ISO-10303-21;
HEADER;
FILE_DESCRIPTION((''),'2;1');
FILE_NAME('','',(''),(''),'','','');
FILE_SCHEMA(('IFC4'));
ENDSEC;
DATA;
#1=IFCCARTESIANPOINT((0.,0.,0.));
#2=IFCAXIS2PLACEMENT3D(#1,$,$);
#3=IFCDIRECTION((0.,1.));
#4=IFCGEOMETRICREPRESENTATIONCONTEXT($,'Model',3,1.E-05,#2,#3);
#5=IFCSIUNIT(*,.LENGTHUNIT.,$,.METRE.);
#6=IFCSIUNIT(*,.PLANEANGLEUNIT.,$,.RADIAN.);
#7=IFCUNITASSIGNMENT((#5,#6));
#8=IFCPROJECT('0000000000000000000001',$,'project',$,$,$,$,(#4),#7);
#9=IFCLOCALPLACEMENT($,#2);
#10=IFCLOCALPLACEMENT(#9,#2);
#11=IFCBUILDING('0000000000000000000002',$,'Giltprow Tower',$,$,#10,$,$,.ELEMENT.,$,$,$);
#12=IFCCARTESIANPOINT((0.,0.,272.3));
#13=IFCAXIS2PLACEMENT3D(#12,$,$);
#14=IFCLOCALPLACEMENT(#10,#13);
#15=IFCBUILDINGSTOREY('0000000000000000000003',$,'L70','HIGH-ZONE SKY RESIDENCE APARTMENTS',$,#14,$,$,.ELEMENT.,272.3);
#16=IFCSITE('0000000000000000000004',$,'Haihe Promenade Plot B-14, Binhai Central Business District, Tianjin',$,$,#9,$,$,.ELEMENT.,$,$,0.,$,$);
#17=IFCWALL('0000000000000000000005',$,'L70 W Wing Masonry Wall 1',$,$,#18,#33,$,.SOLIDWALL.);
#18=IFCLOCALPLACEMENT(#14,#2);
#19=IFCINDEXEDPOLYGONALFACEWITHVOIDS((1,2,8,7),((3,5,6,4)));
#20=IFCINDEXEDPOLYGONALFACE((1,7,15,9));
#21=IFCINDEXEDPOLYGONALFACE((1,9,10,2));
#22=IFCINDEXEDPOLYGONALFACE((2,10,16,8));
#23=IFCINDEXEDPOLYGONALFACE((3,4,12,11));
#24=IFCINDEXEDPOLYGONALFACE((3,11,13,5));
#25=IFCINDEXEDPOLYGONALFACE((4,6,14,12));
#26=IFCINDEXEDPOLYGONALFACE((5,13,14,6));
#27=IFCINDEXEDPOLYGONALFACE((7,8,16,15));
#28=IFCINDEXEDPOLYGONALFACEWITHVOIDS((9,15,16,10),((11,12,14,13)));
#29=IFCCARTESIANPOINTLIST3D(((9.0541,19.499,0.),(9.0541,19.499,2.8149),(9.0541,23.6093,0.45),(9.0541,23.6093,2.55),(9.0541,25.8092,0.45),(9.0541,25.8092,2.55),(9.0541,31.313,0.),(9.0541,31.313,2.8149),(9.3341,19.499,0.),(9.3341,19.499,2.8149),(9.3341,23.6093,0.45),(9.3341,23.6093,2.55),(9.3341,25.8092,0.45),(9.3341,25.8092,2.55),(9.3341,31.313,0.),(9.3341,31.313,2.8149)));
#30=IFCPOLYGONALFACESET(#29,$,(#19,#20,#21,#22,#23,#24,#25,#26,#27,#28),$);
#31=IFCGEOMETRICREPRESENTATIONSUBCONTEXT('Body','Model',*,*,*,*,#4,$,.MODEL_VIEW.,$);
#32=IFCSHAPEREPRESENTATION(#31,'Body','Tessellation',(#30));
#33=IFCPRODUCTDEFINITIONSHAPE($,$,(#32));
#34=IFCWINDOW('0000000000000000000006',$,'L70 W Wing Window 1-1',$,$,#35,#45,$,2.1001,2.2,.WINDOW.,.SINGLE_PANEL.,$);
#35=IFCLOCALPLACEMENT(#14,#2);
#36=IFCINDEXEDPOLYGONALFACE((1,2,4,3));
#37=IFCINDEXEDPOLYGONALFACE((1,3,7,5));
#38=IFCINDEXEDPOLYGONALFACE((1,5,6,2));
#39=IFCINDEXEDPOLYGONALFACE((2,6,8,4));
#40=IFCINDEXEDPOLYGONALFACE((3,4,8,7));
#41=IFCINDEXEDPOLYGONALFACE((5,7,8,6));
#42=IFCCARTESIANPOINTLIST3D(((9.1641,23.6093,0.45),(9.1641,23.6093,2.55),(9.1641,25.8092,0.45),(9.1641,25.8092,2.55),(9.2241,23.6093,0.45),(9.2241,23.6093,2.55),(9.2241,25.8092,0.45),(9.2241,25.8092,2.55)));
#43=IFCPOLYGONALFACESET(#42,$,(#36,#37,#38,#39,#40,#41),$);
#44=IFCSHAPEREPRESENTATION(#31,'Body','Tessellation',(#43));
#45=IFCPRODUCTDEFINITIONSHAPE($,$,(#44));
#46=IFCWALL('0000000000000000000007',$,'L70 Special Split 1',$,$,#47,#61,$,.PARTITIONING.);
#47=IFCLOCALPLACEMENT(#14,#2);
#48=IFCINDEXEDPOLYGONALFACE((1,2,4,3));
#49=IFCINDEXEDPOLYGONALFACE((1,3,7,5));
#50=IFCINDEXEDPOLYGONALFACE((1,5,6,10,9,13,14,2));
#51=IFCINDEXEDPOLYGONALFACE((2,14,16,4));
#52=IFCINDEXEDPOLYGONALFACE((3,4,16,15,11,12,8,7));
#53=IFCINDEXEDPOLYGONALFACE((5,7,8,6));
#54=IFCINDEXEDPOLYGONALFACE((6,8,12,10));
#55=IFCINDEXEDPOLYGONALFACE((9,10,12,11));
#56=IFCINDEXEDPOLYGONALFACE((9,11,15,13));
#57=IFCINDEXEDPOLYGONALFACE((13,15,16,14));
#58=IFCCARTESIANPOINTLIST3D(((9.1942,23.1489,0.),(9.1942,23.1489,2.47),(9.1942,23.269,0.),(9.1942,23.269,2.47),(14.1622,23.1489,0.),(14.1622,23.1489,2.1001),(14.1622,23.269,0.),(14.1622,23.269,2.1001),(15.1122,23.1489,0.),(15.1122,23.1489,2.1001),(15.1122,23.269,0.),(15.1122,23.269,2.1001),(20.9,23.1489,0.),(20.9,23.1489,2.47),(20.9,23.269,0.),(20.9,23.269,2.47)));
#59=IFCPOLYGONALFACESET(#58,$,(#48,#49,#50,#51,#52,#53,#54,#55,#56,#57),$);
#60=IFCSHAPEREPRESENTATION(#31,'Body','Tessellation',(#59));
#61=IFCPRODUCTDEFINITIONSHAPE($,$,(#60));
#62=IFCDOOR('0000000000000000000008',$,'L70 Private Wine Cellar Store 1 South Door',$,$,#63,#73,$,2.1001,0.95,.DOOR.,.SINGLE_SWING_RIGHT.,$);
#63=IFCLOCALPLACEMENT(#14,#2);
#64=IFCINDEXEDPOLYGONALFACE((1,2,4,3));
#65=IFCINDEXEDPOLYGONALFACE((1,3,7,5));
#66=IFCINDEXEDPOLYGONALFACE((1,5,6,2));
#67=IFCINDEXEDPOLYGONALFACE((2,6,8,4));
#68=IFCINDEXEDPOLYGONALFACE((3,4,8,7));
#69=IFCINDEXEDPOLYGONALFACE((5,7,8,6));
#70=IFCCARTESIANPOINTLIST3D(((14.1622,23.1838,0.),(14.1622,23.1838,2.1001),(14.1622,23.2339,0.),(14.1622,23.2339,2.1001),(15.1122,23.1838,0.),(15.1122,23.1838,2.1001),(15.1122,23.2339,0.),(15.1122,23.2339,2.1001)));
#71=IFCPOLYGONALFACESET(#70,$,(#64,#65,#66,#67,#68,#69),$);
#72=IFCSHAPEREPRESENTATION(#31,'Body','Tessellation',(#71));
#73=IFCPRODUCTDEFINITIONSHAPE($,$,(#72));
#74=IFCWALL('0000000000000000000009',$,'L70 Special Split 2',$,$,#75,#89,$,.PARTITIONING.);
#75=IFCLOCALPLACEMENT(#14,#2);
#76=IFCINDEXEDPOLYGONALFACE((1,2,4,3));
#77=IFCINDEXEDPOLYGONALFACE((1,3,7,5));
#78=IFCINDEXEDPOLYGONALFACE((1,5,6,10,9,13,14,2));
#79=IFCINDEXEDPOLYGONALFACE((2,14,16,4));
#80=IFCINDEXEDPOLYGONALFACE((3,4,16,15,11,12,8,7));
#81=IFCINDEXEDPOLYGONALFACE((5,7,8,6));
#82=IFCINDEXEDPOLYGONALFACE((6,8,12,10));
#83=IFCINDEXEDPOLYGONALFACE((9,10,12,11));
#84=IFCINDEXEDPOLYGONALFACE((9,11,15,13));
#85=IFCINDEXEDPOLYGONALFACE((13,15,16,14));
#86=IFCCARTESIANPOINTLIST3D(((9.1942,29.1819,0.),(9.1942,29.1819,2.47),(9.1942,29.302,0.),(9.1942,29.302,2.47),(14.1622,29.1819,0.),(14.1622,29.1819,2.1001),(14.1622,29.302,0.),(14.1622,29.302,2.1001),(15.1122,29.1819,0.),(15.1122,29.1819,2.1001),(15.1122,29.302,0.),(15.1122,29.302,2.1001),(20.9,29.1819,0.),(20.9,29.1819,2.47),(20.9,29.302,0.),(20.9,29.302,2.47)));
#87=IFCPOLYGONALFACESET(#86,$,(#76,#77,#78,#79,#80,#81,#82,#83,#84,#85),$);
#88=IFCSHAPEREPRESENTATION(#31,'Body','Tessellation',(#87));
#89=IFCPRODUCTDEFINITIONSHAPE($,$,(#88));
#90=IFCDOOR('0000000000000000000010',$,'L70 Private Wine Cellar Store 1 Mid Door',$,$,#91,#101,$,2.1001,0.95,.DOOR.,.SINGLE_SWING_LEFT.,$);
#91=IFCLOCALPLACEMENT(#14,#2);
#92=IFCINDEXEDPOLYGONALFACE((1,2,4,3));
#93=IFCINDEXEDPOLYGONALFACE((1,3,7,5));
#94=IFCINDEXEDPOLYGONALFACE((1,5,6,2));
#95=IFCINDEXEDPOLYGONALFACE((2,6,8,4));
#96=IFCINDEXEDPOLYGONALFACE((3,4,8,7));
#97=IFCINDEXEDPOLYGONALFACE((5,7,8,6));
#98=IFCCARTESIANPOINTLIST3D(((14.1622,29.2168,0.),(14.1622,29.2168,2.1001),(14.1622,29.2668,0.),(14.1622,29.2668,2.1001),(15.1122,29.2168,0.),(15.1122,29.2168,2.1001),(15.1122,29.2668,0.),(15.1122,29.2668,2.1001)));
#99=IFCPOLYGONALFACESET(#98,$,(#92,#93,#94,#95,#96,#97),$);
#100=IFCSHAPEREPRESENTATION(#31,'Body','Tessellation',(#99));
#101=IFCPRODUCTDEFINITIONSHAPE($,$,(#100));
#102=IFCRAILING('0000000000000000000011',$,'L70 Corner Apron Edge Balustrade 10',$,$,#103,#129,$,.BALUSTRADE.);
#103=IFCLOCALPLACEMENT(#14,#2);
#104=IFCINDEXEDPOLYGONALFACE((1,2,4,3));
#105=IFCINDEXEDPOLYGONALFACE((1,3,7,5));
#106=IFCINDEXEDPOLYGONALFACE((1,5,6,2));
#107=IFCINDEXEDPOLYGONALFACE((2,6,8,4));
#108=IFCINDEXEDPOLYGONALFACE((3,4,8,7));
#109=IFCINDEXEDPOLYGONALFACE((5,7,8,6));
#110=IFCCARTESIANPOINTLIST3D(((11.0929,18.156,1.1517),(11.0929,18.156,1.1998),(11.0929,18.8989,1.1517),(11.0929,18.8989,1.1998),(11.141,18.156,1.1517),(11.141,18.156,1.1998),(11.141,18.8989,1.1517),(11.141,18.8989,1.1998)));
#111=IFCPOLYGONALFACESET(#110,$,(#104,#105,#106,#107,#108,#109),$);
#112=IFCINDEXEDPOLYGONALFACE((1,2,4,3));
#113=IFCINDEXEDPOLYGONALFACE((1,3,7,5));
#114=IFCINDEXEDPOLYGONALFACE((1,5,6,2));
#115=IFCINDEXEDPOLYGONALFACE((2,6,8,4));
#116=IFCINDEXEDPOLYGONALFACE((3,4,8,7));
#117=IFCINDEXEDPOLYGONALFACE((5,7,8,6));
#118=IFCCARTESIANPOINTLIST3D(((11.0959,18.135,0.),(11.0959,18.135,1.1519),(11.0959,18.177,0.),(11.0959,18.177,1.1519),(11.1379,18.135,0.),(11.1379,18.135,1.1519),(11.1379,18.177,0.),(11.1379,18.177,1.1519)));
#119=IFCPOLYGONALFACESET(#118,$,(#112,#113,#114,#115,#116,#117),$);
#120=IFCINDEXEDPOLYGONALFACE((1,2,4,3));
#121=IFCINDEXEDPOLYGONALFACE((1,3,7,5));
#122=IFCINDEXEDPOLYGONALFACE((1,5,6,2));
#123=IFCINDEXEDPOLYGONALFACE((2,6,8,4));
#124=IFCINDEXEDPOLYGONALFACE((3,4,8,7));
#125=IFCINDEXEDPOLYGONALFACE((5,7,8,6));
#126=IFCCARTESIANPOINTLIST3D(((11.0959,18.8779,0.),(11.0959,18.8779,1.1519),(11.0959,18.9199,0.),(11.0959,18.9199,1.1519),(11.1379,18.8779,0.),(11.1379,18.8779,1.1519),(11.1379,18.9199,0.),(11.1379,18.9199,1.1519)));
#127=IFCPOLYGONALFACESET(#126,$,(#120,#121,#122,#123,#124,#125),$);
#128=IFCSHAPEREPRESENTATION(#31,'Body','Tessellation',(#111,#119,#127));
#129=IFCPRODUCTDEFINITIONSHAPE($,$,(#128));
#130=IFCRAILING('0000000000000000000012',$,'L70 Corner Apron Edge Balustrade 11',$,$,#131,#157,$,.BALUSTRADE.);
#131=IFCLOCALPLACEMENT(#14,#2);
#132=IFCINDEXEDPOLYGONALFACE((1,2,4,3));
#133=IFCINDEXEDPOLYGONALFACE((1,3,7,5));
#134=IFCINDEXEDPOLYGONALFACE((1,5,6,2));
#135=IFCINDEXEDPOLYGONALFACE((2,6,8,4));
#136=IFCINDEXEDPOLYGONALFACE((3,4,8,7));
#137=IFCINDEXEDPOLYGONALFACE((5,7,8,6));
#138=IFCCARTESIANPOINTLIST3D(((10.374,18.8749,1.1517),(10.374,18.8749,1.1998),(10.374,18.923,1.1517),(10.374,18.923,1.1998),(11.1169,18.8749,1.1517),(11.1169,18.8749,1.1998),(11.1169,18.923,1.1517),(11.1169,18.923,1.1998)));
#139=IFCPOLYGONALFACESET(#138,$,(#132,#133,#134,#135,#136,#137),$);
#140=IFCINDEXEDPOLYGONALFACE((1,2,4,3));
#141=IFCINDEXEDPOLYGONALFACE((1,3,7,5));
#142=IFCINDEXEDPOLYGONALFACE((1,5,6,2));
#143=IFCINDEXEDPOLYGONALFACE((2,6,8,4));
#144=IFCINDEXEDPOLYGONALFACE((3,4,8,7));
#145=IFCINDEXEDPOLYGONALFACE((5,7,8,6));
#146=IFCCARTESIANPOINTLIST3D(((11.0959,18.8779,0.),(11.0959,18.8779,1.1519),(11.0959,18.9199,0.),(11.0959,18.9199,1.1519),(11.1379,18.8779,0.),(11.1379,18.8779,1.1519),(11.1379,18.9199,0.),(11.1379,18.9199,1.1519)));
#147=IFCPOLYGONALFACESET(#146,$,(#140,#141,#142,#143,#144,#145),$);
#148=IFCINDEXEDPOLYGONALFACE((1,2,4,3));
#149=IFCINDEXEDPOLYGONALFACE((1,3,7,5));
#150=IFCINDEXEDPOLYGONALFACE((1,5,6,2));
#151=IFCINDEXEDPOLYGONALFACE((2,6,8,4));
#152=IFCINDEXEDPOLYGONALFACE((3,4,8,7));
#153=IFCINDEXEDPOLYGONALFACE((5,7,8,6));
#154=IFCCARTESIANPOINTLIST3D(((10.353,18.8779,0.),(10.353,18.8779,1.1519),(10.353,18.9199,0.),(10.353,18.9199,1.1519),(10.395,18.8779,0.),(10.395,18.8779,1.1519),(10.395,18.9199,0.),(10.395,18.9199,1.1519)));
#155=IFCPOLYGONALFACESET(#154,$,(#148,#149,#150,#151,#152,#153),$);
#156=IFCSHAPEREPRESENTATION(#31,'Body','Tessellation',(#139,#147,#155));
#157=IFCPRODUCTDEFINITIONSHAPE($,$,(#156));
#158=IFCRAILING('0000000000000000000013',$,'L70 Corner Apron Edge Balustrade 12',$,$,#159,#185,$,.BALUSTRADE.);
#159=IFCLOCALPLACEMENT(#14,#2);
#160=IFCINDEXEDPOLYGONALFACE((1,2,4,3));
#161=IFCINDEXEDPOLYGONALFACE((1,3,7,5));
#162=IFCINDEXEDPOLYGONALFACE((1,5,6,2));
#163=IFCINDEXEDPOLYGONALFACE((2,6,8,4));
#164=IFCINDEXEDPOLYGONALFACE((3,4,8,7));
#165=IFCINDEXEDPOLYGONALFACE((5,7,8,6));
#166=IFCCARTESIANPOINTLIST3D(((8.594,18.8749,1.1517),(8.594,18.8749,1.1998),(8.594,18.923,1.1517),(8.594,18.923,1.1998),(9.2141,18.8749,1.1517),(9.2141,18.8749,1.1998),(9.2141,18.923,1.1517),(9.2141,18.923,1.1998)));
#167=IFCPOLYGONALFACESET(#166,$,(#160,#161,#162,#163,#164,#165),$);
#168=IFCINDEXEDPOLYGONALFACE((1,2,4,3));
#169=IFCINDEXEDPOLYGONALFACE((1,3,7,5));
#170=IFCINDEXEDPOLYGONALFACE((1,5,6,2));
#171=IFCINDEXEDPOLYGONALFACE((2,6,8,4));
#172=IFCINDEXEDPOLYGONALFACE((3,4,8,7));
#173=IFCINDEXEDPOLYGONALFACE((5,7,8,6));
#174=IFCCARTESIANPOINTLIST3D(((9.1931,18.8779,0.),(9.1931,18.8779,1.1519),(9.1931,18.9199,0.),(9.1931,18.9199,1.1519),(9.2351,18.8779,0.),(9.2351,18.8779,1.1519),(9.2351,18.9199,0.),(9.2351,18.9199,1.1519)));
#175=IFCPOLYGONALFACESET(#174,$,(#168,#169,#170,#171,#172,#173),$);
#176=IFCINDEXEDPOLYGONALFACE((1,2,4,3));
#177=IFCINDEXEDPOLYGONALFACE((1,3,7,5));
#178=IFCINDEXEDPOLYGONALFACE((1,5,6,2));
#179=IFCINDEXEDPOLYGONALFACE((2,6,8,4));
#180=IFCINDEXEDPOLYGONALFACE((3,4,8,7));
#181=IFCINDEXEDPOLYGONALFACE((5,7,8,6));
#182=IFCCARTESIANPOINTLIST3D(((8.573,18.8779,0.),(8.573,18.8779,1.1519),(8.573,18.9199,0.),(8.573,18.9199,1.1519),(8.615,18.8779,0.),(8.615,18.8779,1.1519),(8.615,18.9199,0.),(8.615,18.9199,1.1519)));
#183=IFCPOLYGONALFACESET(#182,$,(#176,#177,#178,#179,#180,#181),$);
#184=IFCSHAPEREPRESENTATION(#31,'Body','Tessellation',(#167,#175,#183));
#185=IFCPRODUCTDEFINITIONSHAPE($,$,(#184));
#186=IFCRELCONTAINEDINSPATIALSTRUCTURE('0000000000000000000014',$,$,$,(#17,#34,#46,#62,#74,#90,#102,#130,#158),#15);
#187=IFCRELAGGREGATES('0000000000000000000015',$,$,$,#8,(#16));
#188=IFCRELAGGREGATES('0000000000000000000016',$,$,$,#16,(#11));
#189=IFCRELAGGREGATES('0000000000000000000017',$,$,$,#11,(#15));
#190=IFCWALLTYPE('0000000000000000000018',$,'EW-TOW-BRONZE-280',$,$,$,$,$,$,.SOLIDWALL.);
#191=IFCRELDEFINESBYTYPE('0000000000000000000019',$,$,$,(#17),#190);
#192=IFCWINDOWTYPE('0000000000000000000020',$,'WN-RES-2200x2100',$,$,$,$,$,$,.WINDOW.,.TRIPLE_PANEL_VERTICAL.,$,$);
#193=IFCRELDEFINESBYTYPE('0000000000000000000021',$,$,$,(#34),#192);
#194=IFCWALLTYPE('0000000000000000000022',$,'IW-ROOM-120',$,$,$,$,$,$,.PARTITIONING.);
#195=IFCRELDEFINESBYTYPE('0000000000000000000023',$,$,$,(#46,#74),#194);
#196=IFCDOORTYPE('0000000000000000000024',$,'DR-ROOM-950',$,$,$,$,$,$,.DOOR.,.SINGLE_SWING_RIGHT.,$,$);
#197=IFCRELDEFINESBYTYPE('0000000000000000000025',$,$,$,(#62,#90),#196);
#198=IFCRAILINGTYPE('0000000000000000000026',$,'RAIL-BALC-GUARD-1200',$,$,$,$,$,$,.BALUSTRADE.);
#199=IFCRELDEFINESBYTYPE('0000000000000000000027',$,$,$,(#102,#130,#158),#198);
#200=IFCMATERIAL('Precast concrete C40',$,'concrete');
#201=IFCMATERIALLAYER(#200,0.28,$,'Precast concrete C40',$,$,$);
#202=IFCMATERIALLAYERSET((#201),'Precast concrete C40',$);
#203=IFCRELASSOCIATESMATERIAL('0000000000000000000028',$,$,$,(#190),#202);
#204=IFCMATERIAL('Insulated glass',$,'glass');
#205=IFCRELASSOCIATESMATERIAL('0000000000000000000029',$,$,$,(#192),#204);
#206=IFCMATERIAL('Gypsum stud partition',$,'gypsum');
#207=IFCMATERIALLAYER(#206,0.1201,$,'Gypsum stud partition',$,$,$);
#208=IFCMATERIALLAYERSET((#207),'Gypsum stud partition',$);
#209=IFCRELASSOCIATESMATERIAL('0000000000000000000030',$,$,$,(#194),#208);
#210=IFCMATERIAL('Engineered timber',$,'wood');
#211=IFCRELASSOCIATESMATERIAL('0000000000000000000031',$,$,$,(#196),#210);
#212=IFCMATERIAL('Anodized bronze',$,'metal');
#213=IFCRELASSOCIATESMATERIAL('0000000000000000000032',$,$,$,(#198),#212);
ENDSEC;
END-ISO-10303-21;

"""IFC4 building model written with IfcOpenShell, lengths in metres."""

from ifc_helpers import new_model, si_unit, direction, frame, frame_2d, origin, origin_2d, place, context, subcontext, project, spatial, rectangle, extrude, source, transform, mapped, material, layer, layer_set, type_object, element, fill, save


model = new_model("IFC4")

# Units and contexts
model_context = context("Model", 3, precision=1e-05, world=origin(), true_north=direction((0.0, 1.0)))
body_context = subcontext(model_context, "Body", "Model", "MODEL_VIEW")
ifc_project = project(units=[si_unit("LENGTHUNIT", "METRE"), si_unit("PLANEANGLEUNIT", "RADIAN")], contexts=[model_context])

# Site, building, storey
site_placement = place(None, origin())
site = spatial("IfcSite", under=ifc_project, at=site_placement, Name="Haihe Promenade Plot B-14, Binhai Central Business District, Tianjin", CompositionType="ELEMENT", RefElevation=0.0)
building_placement = place(site_placement, origin())
building = spatial("IfcBuilding", under=site, at=building_placement, Name="Giltprow Tower", CompositionType="ELEMENT")
storey_placement = place(building_placement, frame((0.0, 0.0, 272.3)))
storey = spatial("IfcBuildingStorey", under=building, at=storey_placement, Name="L70", Description="HIGH-ZONE SKY RESIDENCE APARTMENTS", CompositionType="ELEMENT", Elevation=272.3)

# Wall, opening, window
ifc_material_1 = material(Name="Precast concrete C40", Category="concrete")
ifc_material_2 = material(Name="Insulated glass", Category="glass")
ifc_layer_1 = layer(ifc_material_1, 0.28, Name="Precast concrete C40")
ifc_layer_set_1 = layer_set([ifc_layer_1], Name="Precast concrete C40")
wall_type_1 = type_object("IfcWallType", Name="EW-TOW-BRONZE-280", PredefinedType="SOLIDWALL", material=ifc_layer_set_1)
wall_1_placement = place(storey_placement, frame((9.1941, 19.499, 0.0), z_axis=(0.0, 0.0, 1.0), x_axis=(0.0, 1.0, 0.0)))
wall_1 = element("IfcWall", 1, at=wall_1_placement, inside=storey, type_object=wall_type_1, Name="L70 W Wing Masonry Wall 1", PredefinedType="SOLIDWALL", context=body_context, shape_type="SweptSolid", body=[
    extrude(rectangle(XDim=11.814, YDim=0.28, at=frame_2d((5.907, 0.0))), origin(), (0.0, 0.0, 1.0), 2.8149),
])
opening_1_placement = place(wall_1_placement, frame((4.1101, 0.0, 0.45)))
opening_1 = element("IfcOpeningElement", 2, at=opening_1_placement, cuts=wall_1, PredefinedType="OPENING", context=body_context, shape_type="SweptSolid", body=[
    extrude(rectangle(XDim=2.2, YDim=2.1001, at=frame_2d((1.1001, 1.05))), frame((0.0, 0.1499, 0.0), z_axis=(0.0, -1.0, 0.0), x_axis=(1.0, 0.0, 0.0)), (0.0, 0.0, 1.0), 0.3),
])
window_type_1 = type_object("IfcWindowType", Name="WN-RES-2200x2100", PartitioningType="TRIPLE_PANEL_VERTICAL", PredefinedType="WINDOW", material=ifc_material_2)
shared_shape_1 = source(origin(), body_context, "Body", "SweptSolid", [
    extrude(rectangle(XDim=2.2, YDim=2.1001, at=frame_2d((1.1001, 1.05))), frame((0.0, 0.03, 0.0), z_axis=(0.0, -1.0, 0.0), x_axis=(1.0, 0.0, 0.0)), (0.0, 0.0, 1.0), 0.0601),
])
window_1_placement = place(opening_1_placement, origin())
window_1 = element("IfcWindow", 3, at=window_1_placement, inside=storey, type_object=window_type_1, Name="L70 W Wing Window 1-1", OverallHeight=2.1001, OverallWidth=2.2, PartitioningType="SINGLE_PANEL", PredefinedType="WINDOW", context=body_context, shape_type="MappedRepresentation", body=[
    mapped(shared_shape_1, transform((0.0, 0.0, 0.0), x_axis=(1.0, 0.0, 0.0), y_axis=(0.0, 1.0, 0.0), z_axis=(0.0, 0.0, 1.0), scale=1.0)),
])
fill(opening_1, window_1)

# Walls, openings, doors
ifc_material_3 = material(Name="Gypsum stud partition", Category="gypsum")
ifc_layer_2 = layer(ifc_material_3, 0.1201, Name="Gypsum stud partition")
ifc_layer_set_2 = layer_set([ifc_layer_2], Name="Gypsum stud partition")
wall_type_2 = type_object("IfcWallType", Name="IW-ROOM-120", PredefinedType="PARTITIONING", material=ifc_layer_set_2)
wall_2_placement = place(storey_placement, frame((9.1941, 23.209, 0.0), z_axis=(0.0, 0.0, 1.0), x_axis=(1.0, 0.0, 0.0)))
wall_2 = element("IfcWall", 4, at=wall_2_placement, inside=storey, type_object=wall_type_2, Name="L70 Special Split 1", PredefinedType="PARTITIONING", context=body_context, shape_type="SweptSolid", body=[
    extrude(rectangle(XDim=11.7058, YDim=0.1201, at=frame_2d((5.853, 0.0))), origin(), (0.0, 0.0, 1.0), 2.47),
])
opening_2_placement = place(wall_2_placement, frame((4.968, 0.0, 0.0)))
opening_2 = element("IfcOpeningElement", 5, at=opening_2_placement, cuts=wall_2, PredefinedType="OPENING", context=body_context, shape_type="SweptSolid", body=[
    extrude(rectangle(XDim=0.95, YDim=2.1001, at=frame_2d((0.4751, 1.05))), frame((0.0, 0.0701, 0.0), z_axis=(0.0, -1.0, 0.0), x_axis=(1.0, 0.0, 0.0)), (0.0, 0.0, 1.0), 0.1401),
])
ifc_material_4 = material(Name="Engineered timber", Category="wood")
door_type = type_object("IfcDoorType", Name="DR-ROOM-950", OperationType="SINGLE_SWING_RIGHT", PredefinedType="DOOR", material=ifc_material_4)
shared_shape_2 = source(origin(), body_context, "Body", "SweptSolid", [
    extrude(rectangle(XDim=0.95, YDim=2.1001, at=frame_2d((0.4751, 1.05))), frame((0.0, 0.0249, 0.0), z_axis=(0.0, -1.0, 0.0), x_axis=(1.0, 0.0, 0.0)), (0.0, 0.0, 1.0), 0.05),
])
door_1_placement = place(opening_2_placement, origin())
door_1 = element("IfcDoor", 6, at=door_1_placement, inside=storey, type_object=door_type, Name="L70 Private Wine Cellar Store 1 South Door", OperationType="SINGLE_SWING_RIGHT", OverallHeight=2.1001, OverallWidth=0.95, PredefinedType="DOOR", context=body_context, shape_type="MappedRepresentation", body=[
    mapped(shared_shape_2, transform((0.0, 0.0, 0.0), x_axis=(1.0, 0.0, 0.0), y_axis=(0.0, 1.0, 0.0), z_axis=(0.0, 0.0, 1.0), scale=1.0)),
])
fill(opening_2, door_1)
wall_3_placement = place(storey_placement, frame((9.1941, 29.2419, 0.0), z_axis=(0.0, 0.0, 1.0), x_axis=(1.0, 0.0, 0.0)))
wall_3 = element("IfcWall", 7, at=wall_3_placement, inside=storey, type_object=wall_type_2, Name="L70 Special Split 2", PredefinedType="PARTITIONING", context=body_context, shape_type="SweptSolid", body=[
    extrude(rectangle(XDim=11.7058, YDim=0.1201, at=frame_2d((5.853, 0.0))), origin(), (0.0, 0.0, 1.0), 2.47),
])
opening_3_placement = place(wall_3_placement, frame((4.968, 0.0, 0.0)))
opening_3 = element("IfcOpeningElement", 8, at=opening_3_placement, cuts=wall_3, PredefinedType="OPENING", context=body_context, shape_type="SweptSolid", body=[
    extrude(rectangle(XDim=0.95, YDim=2.1001, at=frame_2d((0.4751, 1.05))), frame((0.0, 0.0701, 0.0), z_axis=(0.0, -1.0, 0.0), x_axis=(1.0, 0.0, 0.0)), (0.0, 0.0, 1.0), 0.1401),
])
door_2_placement = place(opening_3_placement, origin())
door_2 = element("IfcDoor", 9, at=door_2_placement, inside=storey, type_object=door_type, Name="L70 Private Wine Cellar Store 1 Mid Door", OperationType="SINGLE_SWING_LEFT", OverallHeight=2.1001, OverallWidth=0.95, PredefinedType="DOOR", context=body_context, shape_type="MappedRepresentation", body=[
    mapped(shared_shape_2, transform((0.0, 0.0, 0.0), x_axis=(1.0, 0.0, 0.0), y_axis=(0.0, 1.0, 0.0), z_axis=(0.0, 0.0, 1.0), scale=1.0)),
])
fill(opening_3, door_2)

# Railings
ifc_material_5 = material(Name="Anodized bronze", Category="metal")
railing_type = type_object("IfcRailingType", Name="RAIL-BALC-GUARD-1200", PredefinedType="BALUSTRADE", material=ifc_material_5)
railing_1_placement = place(storey_placement, frame((11.1169, 18.156, 0.0)))
element("IfcRailing", 10, at=railing_1_placement, inside=storey, type_object=railing_type, Name="L70 Corner Apron Edge Balustrade 10", PredefinedType="BALUSTRADE", context=body_context, shape_type="SweptSolid", body=[
    extrude(rectangle(XDim=0.0481, YDim=0.0481, at=origin_2d()), frame((0.0, 0.0, 1.1758), z_axis=(0.0, 1.0, 0.0), x_axis=(-1.0, 0.0, 0.0)), (0.0, 0.0, 1.0), 0.7429),
    extrude(rectangle(XDim=0.042, YDim=0.042, at=origin_2d()), origin(), (0.0, 0.0, 1.0), 1.1519),
    extrude(rectangle(XDim=0.042, YDim=0.042, at=origin_2d()), frame((0.0, 0.7429, 0.0)), (0.0, 0.0, 1.0), 1.1519),
])
railing_2_placement = place(storey_placement, frame((11.1169, 18.8989, 0.0)))
element("IfcRailing", 11, at=railing_2_placement, inside=storey, type_object=railing_type, Name="L70 Corner Apron Edge Balustrade 11", PredefinedType="BALUSTRADE", context=body_context, shape_type="SweptSolid", body=[
    extrude(rectangle(XDim=0.0481, YDim=0.0481, at=origin_2d()), frame((0.0, 0.0, 1.1758), z_axis=(-1.0, 0.0, 0.0), x_axis=(0.0, -1.0, 0.0)), (0.0, 0.0, 1.0), 0.7429),
    extrude(rectangle(XDim=0.042, YDim=0.042, at=origin_2d()), origin(), (0.0, 0.0, 1.0), 1.1519),
    extrude(rectangle(XDim=0.042, YDim=0.042, at=origin_2d()), frame((-0.7429, 0.0, 0.0)), (0.0, 0.0, 1.0), 1.1519),
])
railing_3_placement = place(storey_placement, frame((9.2141, 18.8989, 0.0)))
element("IfcRailing", 12, at=railing_3_placement, inside=storey, type_object=railing_type, Name="L70 Corner Apron Edge Balustrade 12", PredefinedType="BALUSTRADE", context=body_context, shape_type="SweptSolid", body=[
    extrude(rectangle(XDim=0.0481, YDim=0.0481, at=origin_2d()), frame((0.0, 0.0, 1.1758), z_axis=(-1.0, 0.0, 0.0), x_axis=(0.0, -1.0, 0.0)), (0.0, 0.0, 1.0), 0.6201),
    extrude(rectangle(XDim=0.042, YDim=0.042, at=origin_2d()), origin(), (0.0, 0.0, 1.0), 1.1519),
    extrude(rectangle(XDim=0.042, YDim=0.042, at=origin_2d()), frame((-0.6201, 0.0, 0.0)), (0.0, 0.0, 1.0), 1.1519),
])

save(model, "model.ifc")
